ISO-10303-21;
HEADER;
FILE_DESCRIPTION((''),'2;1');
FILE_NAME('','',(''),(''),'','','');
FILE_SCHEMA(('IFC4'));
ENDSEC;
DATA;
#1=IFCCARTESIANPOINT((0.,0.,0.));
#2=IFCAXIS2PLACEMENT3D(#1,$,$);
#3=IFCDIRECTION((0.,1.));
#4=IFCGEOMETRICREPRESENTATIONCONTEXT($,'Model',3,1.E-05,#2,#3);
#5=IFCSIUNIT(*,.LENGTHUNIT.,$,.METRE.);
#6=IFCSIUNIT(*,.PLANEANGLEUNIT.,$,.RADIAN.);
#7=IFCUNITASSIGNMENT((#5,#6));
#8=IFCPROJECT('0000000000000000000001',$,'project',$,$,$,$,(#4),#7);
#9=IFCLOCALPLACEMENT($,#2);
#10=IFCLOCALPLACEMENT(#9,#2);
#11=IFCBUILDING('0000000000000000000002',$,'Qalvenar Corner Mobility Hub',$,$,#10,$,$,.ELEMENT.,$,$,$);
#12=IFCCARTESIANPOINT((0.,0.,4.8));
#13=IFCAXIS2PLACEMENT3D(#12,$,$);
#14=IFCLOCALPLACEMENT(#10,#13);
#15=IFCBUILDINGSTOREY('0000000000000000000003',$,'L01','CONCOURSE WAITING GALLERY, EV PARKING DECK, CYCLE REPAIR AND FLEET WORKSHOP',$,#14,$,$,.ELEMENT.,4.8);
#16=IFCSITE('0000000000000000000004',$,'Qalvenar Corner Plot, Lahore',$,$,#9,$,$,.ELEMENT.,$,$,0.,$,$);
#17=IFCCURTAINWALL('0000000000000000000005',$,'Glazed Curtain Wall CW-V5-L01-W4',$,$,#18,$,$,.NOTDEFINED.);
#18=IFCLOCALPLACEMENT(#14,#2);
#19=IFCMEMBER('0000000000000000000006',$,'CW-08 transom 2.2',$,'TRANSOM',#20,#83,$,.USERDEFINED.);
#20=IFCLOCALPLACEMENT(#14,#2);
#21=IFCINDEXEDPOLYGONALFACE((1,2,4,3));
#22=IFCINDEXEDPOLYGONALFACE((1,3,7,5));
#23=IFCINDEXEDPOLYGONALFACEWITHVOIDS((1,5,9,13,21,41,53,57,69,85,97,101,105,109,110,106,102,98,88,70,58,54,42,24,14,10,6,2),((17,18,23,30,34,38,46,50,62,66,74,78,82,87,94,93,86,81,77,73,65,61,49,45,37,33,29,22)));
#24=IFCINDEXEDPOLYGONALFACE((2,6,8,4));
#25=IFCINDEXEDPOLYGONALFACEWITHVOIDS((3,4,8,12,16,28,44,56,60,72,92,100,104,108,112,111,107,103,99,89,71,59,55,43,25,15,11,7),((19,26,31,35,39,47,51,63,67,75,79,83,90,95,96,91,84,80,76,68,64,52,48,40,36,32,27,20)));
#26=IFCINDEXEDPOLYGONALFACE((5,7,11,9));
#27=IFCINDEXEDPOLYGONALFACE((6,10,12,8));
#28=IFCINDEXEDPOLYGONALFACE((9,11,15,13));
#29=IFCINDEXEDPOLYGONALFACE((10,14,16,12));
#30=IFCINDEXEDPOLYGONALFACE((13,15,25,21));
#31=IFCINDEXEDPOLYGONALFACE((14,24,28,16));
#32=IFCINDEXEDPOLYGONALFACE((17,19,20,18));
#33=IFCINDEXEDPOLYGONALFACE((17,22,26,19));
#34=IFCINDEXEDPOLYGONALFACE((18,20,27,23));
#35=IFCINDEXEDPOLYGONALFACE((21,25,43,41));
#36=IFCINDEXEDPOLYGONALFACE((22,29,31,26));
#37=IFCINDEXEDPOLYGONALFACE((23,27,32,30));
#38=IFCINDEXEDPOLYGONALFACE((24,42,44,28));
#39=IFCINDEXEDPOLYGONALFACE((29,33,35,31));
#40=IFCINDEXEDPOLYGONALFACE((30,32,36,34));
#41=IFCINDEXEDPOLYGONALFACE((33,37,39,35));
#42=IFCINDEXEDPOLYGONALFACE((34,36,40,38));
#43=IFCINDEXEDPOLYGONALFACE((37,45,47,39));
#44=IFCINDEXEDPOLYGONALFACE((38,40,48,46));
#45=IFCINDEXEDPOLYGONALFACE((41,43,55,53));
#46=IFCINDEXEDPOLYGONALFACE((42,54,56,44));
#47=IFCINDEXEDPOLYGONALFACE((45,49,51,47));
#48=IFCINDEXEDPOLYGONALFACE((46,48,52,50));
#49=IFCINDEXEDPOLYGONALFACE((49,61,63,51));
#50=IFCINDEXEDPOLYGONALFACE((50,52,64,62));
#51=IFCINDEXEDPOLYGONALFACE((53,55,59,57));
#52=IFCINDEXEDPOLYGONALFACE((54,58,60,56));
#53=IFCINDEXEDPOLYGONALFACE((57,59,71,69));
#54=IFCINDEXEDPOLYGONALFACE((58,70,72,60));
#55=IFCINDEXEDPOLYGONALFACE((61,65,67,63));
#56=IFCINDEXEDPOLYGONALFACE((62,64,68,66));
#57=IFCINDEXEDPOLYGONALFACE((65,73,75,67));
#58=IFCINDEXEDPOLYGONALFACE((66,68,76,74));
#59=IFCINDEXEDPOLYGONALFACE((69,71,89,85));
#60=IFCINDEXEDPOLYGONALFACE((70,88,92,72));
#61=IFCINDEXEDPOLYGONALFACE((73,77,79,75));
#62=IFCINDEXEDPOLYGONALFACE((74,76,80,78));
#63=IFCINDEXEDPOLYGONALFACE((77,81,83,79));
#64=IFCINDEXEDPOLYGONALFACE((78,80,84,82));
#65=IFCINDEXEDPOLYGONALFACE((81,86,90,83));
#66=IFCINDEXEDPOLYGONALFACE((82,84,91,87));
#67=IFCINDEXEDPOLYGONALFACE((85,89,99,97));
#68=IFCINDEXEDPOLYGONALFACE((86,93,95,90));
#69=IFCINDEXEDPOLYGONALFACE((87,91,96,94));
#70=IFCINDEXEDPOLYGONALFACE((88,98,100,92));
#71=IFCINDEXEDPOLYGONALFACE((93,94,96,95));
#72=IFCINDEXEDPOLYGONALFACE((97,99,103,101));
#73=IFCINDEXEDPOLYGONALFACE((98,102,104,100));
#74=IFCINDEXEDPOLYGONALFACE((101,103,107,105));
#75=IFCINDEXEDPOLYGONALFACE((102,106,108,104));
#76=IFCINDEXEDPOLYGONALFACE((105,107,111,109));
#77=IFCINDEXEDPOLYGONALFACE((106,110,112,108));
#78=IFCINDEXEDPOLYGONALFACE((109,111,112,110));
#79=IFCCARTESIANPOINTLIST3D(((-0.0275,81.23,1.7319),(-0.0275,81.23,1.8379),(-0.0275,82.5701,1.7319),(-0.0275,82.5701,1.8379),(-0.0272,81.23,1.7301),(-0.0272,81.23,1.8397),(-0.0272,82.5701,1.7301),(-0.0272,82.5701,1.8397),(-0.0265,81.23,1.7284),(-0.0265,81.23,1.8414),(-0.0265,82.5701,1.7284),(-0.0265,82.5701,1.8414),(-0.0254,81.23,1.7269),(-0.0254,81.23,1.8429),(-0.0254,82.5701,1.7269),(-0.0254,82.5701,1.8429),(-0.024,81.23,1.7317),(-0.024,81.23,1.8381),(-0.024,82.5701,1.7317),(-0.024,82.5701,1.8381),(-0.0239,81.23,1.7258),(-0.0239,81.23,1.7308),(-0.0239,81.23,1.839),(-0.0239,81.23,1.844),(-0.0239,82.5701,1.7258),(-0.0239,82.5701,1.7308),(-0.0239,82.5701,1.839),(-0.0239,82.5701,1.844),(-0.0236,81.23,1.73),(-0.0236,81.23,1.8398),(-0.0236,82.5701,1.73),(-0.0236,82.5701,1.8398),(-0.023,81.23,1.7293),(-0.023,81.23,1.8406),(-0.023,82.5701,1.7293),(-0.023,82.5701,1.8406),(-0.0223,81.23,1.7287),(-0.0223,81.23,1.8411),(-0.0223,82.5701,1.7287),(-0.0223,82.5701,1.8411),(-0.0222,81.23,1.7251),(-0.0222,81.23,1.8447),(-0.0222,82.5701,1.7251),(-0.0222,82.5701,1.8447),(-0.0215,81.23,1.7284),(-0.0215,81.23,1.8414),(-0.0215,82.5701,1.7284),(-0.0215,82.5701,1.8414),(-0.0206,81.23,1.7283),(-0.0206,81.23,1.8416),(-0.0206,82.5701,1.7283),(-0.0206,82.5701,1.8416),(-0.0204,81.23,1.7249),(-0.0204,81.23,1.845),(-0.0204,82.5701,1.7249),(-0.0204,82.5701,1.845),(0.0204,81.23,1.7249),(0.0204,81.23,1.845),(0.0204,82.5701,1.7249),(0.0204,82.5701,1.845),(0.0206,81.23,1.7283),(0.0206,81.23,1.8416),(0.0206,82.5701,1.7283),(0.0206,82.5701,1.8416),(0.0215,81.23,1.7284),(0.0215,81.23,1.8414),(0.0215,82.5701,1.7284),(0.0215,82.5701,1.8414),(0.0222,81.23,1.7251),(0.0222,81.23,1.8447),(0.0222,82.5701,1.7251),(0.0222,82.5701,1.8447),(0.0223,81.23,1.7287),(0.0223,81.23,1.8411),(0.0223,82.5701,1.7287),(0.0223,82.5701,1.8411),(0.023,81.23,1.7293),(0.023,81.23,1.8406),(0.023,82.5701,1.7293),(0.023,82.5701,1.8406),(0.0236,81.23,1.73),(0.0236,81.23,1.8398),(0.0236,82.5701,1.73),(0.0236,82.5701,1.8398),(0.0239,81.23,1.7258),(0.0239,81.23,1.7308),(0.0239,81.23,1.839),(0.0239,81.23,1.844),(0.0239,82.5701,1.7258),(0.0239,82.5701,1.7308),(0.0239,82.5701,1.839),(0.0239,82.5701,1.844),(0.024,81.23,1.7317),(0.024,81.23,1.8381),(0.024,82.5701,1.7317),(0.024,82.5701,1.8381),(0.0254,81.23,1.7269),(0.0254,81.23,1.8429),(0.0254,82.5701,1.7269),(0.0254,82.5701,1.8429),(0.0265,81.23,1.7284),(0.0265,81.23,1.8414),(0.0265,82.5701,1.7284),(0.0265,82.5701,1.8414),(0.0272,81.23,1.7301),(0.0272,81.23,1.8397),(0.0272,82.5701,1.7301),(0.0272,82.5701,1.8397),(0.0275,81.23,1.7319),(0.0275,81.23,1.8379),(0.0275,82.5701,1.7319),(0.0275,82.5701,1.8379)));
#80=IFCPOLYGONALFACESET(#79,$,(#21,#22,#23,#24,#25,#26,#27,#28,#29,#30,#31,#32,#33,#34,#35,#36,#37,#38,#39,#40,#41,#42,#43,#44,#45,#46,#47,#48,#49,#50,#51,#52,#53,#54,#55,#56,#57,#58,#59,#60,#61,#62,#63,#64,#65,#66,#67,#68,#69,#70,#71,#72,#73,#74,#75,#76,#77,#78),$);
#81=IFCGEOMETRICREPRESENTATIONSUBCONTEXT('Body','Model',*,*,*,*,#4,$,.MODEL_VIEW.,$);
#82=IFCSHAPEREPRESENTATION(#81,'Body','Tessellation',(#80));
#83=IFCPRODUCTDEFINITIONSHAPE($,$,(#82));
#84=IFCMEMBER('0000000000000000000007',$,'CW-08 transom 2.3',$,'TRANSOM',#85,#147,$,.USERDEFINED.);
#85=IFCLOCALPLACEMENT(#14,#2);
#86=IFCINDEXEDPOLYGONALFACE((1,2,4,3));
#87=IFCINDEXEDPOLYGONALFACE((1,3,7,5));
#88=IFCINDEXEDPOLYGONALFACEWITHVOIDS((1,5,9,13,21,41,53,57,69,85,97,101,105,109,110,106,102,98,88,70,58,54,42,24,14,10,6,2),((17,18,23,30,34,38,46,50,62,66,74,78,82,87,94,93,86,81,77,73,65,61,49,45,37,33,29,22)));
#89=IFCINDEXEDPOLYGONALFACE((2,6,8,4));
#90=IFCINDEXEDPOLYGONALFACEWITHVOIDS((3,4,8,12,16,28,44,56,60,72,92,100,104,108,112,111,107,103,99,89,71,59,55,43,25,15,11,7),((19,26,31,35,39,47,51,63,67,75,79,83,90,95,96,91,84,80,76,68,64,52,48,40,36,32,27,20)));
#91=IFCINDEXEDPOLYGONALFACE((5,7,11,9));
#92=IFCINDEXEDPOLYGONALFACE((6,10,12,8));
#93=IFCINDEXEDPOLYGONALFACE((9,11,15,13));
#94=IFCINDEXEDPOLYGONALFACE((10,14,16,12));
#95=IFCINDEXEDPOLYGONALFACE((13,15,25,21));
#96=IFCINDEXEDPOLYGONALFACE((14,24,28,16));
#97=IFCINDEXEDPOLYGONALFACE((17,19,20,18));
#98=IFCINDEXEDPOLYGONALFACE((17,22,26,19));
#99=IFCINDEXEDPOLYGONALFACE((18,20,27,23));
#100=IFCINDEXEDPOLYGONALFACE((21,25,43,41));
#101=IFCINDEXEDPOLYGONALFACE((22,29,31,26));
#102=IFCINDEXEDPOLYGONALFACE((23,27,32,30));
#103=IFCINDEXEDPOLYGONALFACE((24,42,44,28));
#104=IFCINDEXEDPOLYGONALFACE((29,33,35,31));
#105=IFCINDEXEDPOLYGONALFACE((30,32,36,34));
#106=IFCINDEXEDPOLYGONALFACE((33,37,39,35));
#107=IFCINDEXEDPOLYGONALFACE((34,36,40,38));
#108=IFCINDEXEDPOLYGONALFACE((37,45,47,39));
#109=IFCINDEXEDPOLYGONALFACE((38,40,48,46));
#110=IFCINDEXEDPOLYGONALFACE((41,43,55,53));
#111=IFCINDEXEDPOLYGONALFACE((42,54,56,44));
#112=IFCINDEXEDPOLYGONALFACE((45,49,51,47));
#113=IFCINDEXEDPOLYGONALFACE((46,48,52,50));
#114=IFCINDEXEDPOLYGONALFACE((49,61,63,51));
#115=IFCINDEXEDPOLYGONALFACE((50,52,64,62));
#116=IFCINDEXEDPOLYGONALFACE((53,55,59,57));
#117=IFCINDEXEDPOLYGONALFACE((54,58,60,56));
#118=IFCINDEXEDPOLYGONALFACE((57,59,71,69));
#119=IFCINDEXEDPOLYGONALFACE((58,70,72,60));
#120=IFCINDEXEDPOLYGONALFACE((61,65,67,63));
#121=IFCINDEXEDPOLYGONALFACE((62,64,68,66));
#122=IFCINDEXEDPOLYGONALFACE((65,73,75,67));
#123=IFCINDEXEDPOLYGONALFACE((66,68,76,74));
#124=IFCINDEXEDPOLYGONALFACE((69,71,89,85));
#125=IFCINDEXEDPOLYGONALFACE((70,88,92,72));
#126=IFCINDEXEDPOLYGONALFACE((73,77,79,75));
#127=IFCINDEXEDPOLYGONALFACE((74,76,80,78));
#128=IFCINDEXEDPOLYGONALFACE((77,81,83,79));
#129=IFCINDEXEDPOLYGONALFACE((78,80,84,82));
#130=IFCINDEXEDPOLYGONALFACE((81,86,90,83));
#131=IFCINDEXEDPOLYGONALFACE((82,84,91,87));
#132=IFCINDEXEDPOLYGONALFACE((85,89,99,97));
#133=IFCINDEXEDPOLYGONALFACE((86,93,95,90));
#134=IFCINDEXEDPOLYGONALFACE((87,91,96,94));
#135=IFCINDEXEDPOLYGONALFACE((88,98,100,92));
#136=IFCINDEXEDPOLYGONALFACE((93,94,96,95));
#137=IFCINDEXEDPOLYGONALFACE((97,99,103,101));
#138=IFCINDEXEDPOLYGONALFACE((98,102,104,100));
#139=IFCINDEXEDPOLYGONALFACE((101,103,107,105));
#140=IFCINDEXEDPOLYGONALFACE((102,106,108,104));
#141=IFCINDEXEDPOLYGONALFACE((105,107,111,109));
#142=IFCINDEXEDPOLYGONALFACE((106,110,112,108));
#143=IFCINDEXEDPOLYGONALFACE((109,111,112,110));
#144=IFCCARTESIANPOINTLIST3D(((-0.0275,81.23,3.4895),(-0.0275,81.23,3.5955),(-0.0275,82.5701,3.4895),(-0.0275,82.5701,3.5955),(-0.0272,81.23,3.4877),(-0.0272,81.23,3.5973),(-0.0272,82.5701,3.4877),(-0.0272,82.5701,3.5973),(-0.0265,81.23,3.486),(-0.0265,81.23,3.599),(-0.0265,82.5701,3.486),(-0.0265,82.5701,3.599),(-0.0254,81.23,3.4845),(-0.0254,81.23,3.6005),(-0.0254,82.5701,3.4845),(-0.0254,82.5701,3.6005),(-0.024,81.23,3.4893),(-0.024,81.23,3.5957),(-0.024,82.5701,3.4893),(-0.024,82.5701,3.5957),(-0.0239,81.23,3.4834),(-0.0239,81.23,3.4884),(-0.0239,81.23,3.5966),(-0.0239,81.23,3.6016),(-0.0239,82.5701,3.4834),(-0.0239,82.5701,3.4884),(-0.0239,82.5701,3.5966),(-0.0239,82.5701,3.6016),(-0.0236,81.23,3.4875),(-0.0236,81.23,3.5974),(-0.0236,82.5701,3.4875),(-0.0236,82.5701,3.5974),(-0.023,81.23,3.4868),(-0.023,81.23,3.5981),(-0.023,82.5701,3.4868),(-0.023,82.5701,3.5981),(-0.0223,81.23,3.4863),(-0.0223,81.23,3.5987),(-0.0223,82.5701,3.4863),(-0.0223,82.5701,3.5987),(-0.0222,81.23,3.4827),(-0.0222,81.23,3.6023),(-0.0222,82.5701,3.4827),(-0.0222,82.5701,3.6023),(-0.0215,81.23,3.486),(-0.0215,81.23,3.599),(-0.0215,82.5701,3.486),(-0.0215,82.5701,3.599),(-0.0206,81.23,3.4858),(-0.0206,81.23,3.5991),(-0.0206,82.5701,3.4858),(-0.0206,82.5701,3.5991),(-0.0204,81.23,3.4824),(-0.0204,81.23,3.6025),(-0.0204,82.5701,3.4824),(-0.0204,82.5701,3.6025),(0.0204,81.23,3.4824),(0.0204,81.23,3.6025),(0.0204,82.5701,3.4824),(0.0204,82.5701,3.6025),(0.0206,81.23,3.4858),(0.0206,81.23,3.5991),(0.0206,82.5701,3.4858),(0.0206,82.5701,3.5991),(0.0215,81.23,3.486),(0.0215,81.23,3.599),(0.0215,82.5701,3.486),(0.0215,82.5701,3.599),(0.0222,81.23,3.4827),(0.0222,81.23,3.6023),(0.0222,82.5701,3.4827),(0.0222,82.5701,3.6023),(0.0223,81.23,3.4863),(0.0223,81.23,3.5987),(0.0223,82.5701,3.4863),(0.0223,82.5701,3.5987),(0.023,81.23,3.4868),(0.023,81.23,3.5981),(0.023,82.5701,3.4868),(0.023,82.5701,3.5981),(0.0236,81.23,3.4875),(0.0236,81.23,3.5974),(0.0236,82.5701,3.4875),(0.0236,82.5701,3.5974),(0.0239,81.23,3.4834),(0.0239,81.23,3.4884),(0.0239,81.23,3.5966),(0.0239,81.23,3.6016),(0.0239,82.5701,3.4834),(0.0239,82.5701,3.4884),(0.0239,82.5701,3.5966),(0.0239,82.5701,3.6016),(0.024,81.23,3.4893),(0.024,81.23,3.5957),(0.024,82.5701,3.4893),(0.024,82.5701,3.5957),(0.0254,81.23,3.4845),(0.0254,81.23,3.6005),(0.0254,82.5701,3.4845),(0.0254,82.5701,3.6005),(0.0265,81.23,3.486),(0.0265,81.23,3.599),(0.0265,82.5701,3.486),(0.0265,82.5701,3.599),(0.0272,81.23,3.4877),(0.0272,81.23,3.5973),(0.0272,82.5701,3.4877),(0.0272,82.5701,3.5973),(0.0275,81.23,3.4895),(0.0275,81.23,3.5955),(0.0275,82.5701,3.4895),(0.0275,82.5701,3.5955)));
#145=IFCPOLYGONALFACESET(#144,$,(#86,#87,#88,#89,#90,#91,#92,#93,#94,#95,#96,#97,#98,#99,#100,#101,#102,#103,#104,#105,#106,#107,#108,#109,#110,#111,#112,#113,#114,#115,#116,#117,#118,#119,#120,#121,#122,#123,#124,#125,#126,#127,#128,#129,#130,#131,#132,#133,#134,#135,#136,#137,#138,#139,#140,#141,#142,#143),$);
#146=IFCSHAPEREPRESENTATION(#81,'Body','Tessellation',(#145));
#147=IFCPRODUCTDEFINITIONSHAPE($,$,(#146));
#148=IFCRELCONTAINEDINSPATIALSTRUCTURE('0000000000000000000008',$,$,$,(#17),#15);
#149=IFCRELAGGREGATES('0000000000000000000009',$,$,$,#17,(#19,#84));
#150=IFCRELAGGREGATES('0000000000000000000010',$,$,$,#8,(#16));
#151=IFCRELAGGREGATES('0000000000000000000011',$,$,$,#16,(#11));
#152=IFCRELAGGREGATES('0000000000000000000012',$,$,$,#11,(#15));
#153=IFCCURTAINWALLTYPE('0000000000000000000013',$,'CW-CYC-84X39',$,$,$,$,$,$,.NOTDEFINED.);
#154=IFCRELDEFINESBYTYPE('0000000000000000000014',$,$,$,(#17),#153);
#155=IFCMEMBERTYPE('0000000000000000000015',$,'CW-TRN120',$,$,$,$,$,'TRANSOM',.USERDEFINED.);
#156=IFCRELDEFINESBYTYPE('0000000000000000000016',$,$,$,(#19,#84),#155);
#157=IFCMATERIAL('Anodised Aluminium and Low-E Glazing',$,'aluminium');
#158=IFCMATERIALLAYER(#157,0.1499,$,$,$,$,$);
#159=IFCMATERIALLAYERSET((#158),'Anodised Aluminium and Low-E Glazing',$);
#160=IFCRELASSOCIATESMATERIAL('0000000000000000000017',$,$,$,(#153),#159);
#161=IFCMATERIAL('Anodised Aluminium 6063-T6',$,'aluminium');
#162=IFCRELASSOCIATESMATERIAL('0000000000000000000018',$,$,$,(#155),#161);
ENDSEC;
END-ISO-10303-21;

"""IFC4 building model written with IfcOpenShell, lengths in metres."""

from ifc_helpers import new_model, si_unit, direction, frame, origin, origin_2d, place, context, subcontext, project, spatial, hollow_rectangle, extrude, material, layer, layer_set, material_profile, profile_set, type_object, element, aggregate, save


model = new_model("IFC4")

# Units and contexts
model_context = context("Model", 3, precision=1e-05, world=origin(), true_north=direction((0.0, 1.0)))
body_context = subcontext(model_context, "Body", "Model", "MODEL_VIEW")
ifc_project = project(units=[si_unit("LENGTHUNIT", "METRE"), si_unit("PLANEANGLEUNIT", "RADIAN")], contexts=[model_context])

# Site, building, storey
site_placement = place(None, origin())
site = spatial("IfcSite", under=ifc_project, at=site_placement, Name="Qalvenar Corner Plot, Lahore", CompositionType="ELEMENT", RefElevation=0.0)
building_placement = place(site_placement, origin())
building = spatial("IfcBuilding", under=site, at=building_placement, Name="Qalvenar Corner Mobility Hub", CompositionType="ELEMENT")
storey_placement = place(building_placement, frame((0.0, 0.0, 4.8)))
storey = spatial("IfcBuildingStorey", under=building, at=storey_placement, Name="L01", Description="CONCOURSE WAITING GALLERY, EV PARKING DECK, CYCLE REPAIR AND FLEET WORKSHOP", CompositionType="ELEMENT", Elevation=4.8)

# Curtain wall
ifc_material_1 = material(Name="Anodised Aluminium and Low-E Glazing", Category="aluminium")
ifc_layer_1 = layer(ifc_material_1, 0.1499)
ifc_layer_set_1 = layer_set([ifc_layer_1], Name="Anodised Aluminium and Low-E Glazing")
curtain_wall_type = type_object("IfcCurtainWallType", Name="CW-CYC-84X39", PredefinedType="NOTDEFINED", material=ifc_layer_set_1)
curtain_wall_1_placement = place(storey_placement, origin())
curtain_wall_1 = element("IfcCurtainWall", 1, at=curtain_wall_1_placement, inside=storey, type_object=curtain_wall_type, Name="Glazed Curtain Wall CW-V5-L01-W4", PredefinedType="NOTDEFINED")
ifc_material_2 = material(Name="Anodised Aluminium 6063-T6", Category="aluminium")

# Members
ifc_material_profile_1 = material_profile(ifc_material_2, hollow_rectangle(XDim=0.0549, YDim=0.1201, WallThickness=0.0034, InnerFilletRadius=0.0034, OuterFilletRadius=0.0071, at=origin_2d()), Name="RHS120x55x3.5")
ifc_profile_set_1 = profile_set([ifc_material_profile_1], Name="Anodised Aluminium 6063-T6")
member_type_1 = type_object("IfcMemberType", Name="CW-TRN120", ElementType="TRANSOM", PredefinedType="USERDEFINED", material=ifc_profile_set_1)
member_1_placement = place(storey_placement, frame((0.0, 82.5701, 1.7849), z_axis=(0.0, -1.0, 0.0), x_axis=(1.0, 0.0, 0.0)))
member_1 = element("IfcMember", 2, at=member_1_placement, type_object=member_type_1, Name="CW-08 transom 2.2", ObjectType="TRANSOM", PredefinedType="USERDEFINED", context=body_context, shape_type="SweptSolid", body=[
    extrude(hollow_rectangle(XDim=0.0549, YDim=0.1201, WallThickness=0.0034, InnerFilletRadius=0.0034, OuterFilletRadius=0.0071, at=origin_2d()), origin(), (0.0, 0.0, 1.0), 1.3401),
])
member_2_placement = place(storey_placement, frame((0.0, 82.5701, 3.5425), z_axis=(0.0, -1.0, 0.0), x_axis=(1.0, 0.0, 0.0)))
member_2 = element("IfcMember", 3, at=member_2_placement, type_object=member_type_1, Name="CW-08 transom 2.3", ObjectType="TRANSOM", PredefinedType="USERDEFINED", context=body_context, shape_type="SweptSolid", body=[
    extrude(hollow_rectangle(XDim=0.0549, YDim=0.1201, WallThickness=0.0034, InnerFilletRadius=0.0034, OuterFilletRadius=0.0071, at=origin_2d()), origin(), (0.0, 0.0, 1.0), 1.3401),
])

aggregate(curtain_wall_1, [member_1, member_2])

save(model, "model.ifc")
